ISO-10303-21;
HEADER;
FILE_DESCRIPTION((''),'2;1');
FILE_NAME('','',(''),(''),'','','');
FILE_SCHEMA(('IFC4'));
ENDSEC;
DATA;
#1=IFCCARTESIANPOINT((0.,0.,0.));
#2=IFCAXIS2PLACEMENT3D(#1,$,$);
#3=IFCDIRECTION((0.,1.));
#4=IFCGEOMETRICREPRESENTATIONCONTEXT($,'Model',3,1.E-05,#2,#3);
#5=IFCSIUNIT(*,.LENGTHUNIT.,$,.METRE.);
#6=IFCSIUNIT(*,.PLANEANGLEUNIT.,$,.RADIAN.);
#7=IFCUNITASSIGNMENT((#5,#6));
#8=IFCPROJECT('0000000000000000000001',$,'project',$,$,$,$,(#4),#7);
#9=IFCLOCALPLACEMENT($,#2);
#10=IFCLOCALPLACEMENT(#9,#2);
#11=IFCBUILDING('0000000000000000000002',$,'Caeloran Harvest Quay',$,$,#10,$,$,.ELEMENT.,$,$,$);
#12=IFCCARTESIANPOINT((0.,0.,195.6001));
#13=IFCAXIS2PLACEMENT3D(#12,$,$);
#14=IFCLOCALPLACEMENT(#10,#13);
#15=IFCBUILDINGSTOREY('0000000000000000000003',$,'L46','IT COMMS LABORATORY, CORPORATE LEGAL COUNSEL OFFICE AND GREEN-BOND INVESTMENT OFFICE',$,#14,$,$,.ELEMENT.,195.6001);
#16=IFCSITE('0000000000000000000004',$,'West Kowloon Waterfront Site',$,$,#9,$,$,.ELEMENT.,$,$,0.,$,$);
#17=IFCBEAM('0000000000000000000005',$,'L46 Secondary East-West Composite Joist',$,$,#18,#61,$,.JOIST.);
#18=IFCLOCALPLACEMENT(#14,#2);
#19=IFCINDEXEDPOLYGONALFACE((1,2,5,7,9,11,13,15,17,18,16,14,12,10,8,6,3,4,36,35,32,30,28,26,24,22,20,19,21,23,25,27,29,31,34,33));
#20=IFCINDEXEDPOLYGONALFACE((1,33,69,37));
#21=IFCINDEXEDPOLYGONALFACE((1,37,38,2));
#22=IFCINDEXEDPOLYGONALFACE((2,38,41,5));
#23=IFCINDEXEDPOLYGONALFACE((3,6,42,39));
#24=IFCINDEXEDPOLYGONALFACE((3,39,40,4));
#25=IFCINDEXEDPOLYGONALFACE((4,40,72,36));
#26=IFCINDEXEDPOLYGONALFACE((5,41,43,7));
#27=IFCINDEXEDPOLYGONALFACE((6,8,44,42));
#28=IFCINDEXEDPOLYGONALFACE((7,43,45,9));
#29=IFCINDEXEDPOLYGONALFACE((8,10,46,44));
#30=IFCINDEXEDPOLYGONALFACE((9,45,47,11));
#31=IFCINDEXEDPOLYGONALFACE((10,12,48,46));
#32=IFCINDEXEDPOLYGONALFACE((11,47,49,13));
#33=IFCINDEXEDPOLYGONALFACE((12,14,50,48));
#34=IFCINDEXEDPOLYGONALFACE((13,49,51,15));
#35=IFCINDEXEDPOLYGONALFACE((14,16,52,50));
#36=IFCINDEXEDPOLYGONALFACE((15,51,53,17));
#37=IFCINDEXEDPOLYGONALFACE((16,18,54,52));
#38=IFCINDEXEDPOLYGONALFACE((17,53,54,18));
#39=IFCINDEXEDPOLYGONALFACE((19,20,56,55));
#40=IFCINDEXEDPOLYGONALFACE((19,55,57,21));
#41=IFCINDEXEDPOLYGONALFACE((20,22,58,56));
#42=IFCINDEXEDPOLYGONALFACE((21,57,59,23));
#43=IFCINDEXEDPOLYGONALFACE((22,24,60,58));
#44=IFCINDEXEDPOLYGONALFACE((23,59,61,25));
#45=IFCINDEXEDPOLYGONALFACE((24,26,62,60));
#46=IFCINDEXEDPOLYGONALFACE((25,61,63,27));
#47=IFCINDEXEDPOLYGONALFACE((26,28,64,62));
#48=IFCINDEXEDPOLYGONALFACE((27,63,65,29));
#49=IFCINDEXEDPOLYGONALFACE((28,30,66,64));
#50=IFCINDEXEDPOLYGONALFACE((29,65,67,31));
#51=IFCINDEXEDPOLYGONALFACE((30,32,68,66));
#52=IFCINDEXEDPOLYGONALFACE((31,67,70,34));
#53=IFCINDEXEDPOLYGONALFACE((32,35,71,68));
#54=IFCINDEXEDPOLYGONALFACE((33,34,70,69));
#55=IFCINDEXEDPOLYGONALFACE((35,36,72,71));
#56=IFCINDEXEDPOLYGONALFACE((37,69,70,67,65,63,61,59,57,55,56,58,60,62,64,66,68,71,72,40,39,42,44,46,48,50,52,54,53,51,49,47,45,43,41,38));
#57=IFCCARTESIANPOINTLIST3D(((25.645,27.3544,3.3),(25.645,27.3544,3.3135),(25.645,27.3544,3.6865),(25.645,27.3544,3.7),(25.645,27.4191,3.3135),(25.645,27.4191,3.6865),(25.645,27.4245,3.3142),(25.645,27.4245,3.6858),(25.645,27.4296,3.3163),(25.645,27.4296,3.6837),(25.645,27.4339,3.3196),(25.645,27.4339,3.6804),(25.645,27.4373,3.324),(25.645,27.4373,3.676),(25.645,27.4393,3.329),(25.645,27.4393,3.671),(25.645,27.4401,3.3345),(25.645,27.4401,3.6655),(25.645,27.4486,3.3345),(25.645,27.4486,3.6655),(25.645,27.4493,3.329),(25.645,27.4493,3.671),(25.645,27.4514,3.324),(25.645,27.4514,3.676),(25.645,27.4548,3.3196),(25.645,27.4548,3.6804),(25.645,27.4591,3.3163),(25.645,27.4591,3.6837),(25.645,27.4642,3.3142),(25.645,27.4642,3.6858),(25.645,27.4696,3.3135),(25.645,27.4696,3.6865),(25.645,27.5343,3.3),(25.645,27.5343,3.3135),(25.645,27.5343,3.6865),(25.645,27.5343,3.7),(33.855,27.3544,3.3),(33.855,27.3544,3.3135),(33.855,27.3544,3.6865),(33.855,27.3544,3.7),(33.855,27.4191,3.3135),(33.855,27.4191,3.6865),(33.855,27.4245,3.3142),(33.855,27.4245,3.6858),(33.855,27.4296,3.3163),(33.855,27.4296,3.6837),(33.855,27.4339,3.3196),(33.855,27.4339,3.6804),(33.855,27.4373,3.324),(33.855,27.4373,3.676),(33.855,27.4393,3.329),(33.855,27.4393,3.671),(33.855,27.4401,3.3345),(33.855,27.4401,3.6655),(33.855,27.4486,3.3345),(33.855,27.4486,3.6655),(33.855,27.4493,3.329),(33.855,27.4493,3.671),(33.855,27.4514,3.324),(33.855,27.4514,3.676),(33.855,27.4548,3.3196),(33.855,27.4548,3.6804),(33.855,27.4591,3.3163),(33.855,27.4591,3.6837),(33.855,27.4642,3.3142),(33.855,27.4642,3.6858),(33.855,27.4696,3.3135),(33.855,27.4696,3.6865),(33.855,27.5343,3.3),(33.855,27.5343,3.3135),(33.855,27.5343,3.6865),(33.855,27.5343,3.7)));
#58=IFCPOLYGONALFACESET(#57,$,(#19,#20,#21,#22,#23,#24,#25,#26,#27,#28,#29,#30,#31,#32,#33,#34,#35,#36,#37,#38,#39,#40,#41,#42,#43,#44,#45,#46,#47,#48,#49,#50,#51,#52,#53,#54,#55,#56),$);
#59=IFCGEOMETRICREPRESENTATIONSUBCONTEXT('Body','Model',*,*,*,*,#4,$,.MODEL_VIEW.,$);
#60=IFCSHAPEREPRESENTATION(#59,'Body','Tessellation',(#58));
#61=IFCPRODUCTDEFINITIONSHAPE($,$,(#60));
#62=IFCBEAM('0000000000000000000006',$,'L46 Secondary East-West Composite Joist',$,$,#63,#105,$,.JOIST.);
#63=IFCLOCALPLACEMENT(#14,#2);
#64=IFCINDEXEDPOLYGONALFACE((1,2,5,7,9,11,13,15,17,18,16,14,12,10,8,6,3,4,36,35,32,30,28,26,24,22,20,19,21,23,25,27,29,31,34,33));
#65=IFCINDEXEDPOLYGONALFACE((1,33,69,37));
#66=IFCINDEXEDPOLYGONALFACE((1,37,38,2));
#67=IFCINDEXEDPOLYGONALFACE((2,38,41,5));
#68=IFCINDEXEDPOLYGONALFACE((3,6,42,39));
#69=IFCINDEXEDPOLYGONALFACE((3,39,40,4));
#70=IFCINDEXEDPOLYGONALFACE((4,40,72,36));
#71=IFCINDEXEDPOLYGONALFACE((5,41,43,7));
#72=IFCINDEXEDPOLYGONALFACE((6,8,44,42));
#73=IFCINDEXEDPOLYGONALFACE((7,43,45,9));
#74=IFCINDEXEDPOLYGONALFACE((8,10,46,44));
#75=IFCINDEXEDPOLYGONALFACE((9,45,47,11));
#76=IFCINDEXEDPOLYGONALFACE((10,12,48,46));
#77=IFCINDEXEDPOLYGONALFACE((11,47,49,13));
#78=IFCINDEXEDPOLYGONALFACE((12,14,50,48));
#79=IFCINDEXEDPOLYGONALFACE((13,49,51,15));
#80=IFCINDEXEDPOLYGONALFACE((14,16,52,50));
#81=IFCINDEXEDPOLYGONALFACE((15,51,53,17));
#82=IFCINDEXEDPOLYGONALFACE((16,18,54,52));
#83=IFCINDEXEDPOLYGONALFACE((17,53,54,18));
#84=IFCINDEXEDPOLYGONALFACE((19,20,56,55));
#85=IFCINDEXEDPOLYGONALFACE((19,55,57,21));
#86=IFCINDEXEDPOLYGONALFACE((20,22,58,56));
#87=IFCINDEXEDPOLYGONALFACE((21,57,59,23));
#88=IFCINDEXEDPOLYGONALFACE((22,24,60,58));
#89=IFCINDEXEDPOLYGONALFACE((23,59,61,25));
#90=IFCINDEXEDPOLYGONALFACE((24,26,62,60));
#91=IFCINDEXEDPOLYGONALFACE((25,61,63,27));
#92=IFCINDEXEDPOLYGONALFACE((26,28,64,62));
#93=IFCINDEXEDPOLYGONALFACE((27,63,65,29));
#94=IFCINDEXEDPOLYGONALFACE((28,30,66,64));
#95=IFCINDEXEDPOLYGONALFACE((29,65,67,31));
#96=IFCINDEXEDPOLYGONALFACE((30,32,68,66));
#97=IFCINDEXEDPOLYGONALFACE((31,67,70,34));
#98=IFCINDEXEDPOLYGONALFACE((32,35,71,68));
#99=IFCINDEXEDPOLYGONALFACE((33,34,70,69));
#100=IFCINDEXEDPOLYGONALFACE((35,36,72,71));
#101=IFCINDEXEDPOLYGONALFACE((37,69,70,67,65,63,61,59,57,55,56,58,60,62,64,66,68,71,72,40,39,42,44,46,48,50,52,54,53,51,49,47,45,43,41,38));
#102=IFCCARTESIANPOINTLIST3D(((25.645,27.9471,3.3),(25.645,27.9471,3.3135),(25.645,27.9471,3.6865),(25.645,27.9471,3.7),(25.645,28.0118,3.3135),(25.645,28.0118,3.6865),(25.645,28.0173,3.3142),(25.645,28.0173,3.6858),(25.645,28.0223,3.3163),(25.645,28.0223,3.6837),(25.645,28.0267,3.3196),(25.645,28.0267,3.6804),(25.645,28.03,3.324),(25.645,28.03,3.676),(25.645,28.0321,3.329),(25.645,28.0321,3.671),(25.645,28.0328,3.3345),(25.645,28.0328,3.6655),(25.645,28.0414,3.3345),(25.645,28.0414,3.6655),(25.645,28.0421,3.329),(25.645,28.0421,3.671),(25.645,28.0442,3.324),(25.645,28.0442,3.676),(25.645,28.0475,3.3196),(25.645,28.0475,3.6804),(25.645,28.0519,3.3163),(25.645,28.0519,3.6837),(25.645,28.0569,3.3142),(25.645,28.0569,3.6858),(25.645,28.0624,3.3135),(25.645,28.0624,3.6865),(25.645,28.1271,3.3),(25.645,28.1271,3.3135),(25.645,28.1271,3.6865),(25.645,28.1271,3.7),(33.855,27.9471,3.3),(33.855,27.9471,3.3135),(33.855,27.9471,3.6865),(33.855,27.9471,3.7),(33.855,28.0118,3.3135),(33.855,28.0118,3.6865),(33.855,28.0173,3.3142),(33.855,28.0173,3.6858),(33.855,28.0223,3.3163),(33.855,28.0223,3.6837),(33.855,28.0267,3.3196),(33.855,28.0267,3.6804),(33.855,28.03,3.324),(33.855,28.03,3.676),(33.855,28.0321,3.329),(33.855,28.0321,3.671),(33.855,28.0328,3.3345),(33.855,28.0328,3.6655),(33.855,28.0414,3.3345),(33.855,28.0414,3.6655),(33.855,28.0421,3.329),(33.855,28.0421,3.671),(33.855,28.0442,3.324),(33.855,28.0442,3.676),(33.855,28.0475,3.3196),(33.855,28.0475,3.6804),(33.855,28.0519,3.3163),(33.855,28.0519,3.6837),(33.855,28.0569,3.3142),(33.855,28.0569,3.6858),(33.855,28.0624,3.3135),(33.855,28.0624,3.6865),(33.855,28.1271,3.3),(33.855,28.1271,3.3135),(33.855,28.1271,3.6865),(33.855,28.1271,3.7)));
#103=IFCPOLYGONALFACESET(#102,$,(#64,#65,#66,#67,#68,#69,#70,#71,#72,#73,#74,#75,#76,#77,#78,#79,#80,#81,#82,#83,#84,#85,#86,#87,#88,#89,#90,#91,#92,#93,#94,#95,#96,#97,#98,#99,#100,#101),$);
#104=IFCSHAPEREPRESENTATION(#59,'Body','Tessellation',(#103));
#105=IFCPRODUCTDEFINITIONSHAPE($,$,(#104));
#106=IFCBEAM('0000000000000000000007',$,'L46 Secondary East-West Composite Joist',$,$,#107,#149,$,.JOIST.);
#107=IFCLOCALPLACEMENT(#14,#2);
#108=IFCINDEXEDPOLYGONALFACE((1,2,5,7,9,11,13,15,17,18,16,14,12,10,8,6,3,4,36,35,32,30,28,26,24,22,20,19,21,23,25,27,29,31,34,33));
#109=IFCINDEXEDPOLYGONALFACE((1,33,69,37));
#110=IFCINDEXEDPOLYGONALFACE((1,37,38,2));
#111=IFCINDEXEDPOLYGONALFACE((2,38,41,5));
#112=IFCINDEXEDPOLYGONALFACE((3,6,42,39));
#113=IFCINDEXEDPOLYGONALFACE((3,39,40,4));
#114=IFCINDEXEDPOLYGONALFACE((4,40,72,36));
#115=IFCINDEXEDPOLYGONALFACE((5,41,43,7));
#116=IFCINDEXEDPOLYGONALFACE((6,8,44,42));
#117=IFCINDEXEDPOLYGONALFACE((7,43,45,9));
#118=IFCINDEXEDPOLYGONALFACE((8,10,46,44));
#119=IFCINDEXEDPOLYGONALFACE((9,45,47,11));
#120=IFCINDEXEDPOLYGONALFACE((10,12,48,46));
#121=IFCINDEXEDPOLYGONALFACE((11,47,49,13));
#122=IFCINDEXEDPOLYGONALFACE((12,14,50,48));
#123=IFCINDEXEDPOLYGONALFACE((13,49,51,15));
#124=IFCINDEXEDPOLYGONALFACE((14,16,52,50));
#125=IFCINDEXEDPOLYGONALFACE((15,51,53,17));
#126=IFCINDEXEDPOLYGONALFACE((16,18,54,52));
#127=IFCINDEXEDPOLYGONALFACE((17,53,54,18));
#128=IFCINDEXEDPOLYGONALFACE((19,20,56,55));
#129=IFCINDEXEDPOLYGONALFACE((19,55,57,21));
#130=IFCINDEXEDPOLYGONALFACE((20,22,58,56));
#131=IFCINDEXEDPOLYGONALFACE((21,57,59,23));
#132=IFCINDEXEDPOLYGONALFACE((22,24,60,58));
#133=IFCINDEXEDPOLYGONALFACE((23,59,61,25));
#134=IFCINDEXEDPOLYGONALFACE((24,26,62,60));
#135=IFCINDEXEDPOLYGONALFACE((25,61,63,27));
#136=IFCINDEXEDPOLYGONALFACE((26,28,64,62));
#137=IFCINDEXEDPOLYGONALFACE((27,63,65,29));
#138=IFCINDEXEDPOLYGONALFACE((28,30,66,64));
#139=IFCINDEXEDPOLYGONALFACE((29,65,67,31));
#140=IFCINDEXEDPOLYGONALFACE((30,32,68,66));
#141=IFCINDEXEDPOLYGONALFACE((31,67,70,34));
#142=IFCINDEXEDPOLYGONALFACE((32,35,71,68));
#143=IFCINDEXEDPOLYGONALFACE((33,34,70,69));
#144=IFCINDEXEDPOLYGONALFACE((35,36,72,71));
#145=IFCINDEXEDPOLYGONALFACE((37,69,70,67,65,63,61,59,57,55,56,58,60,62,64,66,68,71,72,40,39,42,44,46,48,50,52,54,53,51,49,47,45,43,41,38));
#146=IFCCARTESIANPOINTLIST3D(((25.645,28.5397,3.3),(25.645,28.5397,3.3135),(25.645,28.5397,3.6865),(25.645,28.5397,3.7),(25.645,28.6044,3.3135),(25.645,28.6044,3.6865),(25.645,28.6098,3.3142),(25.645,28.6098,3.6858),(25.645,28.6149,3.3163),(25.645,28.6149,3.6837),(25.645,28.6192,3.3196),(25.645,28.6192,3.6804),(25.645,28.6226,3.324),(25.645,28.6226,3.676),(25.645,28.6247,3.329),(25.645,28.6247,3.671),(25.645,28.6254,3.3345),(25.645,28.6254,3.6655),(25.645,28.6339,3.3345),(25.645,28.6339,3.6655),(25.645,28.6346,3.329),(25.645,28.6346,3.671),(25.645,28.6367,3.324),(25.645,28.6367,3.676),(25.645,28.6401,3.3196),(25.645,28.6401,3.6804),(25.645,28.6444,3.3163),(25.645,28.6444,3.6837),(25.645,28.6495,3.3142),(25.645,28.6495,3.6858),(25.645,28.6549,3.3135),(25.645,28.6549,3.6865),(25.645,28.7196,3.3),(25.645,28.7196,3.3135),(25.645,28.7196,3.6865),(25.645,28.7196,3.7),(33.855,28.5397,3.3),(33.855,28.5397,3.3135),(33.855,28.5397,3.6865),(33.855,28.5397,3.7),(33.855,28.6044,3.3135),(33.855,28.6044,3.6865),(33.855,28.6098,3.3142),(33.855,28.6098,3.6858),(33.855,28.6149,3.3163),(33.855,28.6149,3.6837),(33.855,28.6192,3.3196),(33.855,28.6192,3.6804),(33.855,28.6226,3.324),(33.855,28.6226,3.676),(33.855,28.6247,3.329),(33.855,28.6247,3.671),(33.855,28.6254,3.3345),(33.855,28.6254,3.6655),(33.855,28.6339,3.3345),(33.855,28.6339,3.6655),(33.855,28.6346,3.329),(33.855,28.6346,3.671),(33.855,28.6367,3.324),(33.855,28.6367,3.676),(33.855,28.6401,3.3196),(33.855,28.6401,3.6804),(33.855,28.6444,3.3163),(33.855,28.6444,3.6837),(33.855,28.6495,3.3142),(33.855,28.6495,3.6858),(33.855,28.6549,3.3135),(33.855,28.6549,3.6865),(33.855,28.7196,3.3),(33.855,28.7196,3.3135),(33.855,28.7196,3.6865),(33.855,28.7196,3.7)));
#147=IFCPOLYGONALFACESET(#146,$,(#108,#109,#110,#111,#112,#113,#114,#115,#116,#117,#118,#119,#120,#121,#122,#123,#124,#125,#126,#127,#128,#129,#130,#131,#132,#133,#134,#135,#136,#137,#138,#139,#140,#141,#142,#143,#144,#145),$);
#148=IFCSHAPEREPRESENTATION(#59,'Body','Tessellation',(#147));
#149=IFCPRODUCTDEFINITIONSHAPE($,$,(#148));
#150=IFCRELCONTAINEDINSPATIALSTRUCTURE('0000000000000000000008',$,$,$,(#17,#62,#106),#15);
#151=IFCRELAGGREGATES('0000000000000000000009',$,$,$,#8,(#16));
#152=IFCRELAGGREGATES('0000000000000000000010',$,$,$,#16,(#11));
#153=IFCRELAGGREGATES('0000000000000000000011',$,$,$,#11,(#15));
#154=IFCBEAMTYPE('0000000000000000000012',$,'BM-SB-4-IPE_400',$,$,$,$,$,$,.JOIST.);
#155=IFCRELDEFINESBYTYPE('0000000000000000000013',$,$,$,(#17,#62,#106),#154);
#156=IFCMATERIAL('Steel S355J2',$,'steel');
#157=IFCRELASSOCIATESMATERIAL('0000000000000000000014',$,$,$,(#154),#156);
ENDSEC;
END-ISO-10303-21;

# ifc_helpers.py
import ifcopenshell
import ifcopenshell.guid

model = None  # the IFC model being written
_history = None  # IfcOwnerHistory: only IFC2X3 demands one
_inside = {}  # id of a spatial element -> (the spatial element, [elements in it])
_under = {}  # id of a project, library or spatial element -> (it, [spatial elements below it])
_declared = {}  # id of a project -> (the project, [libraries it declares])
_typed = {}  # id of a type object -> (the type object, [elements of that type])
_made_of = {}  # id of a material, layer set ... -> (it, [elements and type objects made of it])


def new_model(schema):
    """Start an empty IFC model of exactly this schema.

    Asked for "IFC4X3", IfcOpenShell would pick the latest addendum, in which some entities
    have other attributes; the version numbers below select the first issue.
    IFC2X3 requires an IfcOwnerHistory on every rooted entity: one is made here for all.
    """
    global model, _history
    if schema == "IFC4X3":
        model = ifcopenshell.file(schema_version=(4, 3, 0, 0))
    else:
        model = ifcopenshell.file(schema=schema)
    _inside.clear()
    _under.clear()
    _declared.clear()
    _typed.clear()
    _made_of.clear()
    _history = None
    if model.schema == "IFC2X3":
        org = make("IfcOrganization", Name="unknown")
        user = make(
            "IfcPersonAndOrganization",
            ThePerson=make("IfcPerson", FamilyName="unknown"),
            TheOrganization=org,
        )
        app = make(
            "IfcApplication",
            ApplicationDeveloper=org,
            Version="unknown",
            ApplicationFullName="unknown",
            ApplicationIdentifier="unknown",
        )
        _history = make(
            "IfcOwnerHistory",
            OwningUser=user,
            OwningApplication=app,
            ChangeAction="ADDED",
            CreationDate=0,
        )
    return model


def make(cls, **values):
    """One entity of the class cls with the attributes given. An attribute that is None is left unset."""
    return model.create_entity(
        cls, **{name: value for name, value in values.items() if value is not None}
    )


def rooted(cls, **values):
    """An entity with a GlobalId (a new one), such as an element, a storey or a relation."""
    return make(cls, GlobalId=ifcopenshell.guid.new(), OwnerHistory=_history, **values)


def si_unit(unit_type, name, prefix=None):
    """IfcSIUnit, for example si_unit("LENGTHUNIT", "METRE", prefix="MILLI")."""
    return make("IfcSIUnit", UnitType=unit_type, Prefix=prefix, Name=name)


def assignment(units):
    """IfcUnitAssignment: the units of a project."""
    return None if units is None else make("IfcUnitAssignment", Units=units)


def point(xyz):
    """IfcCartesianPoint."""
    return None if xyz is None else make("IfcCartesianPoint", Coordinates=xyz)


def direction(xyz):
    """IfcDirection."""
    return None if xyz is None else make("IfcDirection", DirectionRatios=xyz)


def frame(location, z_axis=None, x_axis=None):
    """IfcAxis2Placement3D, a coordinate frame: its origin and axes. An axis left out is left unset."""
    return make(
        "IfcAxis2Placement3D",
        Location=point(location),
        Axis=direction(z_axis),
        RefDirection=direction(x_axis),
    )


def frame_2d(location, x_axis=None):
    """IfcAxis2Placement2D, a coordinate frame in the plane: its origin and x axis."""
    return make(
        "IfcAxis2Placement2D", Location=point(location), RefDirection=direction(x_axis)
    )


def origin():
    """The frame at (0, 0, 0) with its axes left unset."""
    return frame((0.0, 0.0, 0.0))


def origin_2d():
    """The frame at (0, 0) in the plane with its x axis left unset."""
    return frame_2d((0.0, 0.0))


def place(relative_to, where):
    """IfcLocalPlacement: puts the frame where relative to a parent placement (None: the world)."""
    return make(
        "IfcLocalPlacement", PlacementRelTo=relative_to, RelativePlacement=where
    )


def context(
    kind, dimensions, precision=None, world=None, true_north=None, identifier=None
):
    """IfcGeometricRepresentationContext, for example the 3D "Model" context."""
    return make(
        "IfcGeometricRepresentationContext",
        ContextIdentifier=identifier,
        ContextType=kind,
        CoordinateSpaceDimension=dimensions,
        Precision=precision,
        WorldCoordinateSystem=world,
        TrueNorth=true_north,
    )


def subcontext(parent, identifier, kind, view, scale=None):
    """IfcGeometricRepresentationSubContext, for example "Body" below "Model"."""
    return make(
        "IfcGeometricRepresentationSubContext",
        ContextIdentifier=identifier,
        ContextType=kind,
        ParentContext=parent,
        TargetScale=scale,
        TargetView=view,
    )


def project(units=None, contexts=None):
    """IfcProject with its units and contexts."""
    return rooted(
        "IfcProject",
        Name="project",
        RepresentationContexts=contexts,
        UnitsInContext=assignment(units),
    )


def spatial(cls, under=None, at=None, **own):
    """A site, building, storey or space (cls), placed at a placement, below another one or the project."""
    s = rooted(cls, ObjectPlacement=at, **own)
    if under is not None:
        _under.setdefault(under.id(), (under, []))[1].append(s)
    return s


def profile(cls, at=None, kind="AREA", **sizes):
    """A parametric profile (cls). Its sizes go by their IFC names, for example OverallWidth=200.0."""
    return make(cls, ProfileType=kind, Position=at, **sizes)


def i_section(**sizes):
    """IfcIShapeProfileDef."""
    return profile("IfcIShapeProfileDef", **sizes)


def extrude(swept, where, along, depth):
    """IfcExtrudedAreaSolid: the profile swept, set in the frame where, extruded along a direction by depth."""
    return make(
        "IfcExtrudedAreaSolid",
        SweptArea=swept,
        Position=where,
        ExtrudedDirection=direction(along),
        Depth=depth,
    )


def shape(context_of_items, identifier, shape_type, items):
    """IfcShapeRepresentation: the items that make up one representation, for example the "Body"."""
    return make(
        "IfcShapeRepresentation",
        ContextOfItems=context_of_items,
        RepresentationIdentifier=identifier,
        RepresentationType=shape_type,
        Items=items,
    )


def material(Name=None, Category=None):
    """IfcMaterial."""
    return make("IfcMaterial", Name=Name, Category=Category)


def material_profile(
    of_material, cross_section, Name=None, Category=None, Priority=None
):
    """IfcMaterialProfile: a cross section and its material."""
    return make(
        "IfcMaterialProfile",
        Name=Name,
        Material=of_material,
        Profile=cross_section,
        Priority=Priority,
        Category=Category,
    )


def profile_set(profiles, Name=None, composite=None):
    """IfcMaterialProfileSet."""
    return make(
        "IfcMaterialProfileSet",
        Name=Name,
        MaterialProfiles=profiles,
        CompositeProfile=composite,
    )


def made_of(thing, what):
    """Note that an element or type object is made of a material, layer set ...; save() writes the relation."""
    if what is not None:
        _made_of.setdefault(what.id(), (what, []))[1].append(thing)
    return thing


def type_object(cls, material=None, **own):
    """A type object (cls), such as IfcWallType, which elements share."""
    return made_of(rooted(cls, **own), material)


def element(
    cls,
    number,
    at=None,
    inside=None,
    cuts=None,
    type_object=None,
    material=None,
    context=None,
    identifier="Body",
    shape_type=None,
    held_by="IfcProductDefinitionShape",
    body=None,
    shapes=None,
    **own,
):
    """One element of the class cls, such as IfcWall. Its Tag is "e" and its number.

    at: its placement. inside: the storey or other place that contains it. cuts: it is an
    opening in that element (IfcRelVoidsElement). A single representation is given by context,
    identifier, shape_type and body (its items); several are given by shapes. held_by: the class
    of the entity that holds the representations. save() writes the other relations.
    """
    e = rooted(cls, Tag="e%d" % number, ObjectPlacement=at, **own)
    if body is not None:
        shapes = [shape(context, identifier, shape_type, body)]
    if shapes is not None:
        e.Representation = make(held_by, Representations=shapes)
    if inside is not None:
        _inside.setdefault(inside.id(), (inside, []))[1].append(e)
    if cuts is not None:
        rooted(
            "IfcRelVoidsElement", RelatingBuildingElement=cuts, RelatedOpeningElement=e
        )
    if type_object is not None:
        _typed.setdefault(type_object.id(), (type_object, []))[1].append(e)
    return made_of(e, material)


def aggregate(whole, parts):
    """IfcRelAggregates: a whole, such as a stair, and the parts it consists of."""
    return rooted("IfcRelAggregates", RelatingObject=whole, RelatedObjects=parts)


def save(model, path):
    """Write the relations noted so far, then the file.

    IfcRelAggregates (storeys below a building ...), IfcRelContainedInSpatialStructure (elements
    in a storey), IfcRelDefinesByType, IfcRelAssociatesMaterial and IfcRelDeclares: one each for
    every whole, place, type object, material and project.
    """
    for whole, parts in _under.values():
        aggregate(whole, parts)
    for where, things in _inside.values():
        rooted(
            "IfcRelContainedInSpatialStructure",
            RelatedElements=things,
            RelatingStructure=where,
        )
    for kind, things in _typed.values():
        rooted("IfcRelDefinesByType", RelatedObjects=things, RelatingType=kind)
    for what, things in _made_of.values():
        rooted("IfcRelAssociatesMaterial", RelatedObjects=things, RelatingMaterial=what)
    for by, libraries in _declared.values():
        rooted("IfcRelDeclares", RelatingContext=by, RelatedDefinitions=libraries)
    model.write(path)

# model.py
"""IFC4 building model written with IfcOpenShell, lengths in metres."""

from ifc_helpers import new_model, si_unit, direction, frame, origin, origin_2d, place, context, subcontext, project, spatial, i_section, extrude, material, material_profile, profile_set, type_object, element, save


model = new_model("IFC4")

# Units and contexts
model_context = context("Model", 3, precision=1e-05, world=origin(), true_north=direction((0.0, 1.0)))
body_context = subcontext(model_context, "Body", "Model", "MODEL_VIEW")
ifc_project = project(units=[si_unit("LENGTHUNIT", "METRE"), si_unit("PLANEANGLEUNIT", "RADIAN")], contexts=[model_context])

# Site, building, storey
site_placement = place(None, origin())
site = spatial("IfcSite", under=ifc_project, at=site_placement, Name="West Kowloon Waterfront Site", CompositionType="ELEMENT", RefElevation=0.0)
building_placement = place(site_placement, origin())
building = spatial("IfcBuilding", under=site, at=building_placement, Name="Caeloran Harvest Quay", CompositionType="ELEMENT")
storey_placement = place(building_placement, frame((0.0, 0.0, 195.6001)))
storey = spatial("IfcBuildingStorey", under=building, at=storey_placement, Name="L46", Description="IT COMMS LABORATORY, CORPORATE LEGAL COUNSEL OFFICE AND GREEN-BOND INVESTMENT OFFICE", CompositionType="ELEMENT", Elevation=195.6001)

# Beams
ifc_material_1 = material(Name="Steel S355J2", Category="steel")
ifc_material_profile_1 = material_profile(ifc_material_1, i_section(OverallWidth=0.1799, OverallDepth=0.3999, WebThickness=0.0085, FlangeThickness=0.0134, FilletRadius=0.021, at=origin_2d()), Name="IPE 400")
ifc_profile_set_1 = profile_set([ifc_material_profile_1], Name="Steel S355J2")
beam_type_1 = type_object("IfcBeamType", Name="BM-SB-4-IPE_400", PredefinedType="JOIST", material=ifc_profile_set_1)
for number, where, z_axis, x_axis, name in (
    (1, (25.645, 27.4443, 3.5), (1.0, 0.0, 0.0), (0.0, 1.0, 0.0), "L46 Secondary East-West Composite Joist"),
    (2, (25.645, 28.0371, 3.5), (1.0, 0.0, 0.0), (0.0, 1.0, 0.0), "L46 Secondary East-West Composite Joist"),
    (3, (25.645, 28.6296, 3.5), (1.0, 0.0, 0.0), (0.0, 1.0, 0.0), "L46 Secondary East-West Composite Joist"),
):
    element("IfcBeam", number, at=place(storey_placement, frame(where, z_axis=z_axis, x_axis=x_axis)), inside=storey, type_object=beam_type_1, Name=name, PredefinedType="JOIST", context=body_context, shape_type="SweptSolid", body=[
        extrude(i_section(OverallWidth=0.1799, OverallDepth=0.3999, WebThickness=0.0085, FlangeThickness=0.0134, FilletRadius=0.021, at=origin_2d()), origin(), (0.0, 0.0, 1.0), 8.21),
    ])

save(model, "model.ifc")
